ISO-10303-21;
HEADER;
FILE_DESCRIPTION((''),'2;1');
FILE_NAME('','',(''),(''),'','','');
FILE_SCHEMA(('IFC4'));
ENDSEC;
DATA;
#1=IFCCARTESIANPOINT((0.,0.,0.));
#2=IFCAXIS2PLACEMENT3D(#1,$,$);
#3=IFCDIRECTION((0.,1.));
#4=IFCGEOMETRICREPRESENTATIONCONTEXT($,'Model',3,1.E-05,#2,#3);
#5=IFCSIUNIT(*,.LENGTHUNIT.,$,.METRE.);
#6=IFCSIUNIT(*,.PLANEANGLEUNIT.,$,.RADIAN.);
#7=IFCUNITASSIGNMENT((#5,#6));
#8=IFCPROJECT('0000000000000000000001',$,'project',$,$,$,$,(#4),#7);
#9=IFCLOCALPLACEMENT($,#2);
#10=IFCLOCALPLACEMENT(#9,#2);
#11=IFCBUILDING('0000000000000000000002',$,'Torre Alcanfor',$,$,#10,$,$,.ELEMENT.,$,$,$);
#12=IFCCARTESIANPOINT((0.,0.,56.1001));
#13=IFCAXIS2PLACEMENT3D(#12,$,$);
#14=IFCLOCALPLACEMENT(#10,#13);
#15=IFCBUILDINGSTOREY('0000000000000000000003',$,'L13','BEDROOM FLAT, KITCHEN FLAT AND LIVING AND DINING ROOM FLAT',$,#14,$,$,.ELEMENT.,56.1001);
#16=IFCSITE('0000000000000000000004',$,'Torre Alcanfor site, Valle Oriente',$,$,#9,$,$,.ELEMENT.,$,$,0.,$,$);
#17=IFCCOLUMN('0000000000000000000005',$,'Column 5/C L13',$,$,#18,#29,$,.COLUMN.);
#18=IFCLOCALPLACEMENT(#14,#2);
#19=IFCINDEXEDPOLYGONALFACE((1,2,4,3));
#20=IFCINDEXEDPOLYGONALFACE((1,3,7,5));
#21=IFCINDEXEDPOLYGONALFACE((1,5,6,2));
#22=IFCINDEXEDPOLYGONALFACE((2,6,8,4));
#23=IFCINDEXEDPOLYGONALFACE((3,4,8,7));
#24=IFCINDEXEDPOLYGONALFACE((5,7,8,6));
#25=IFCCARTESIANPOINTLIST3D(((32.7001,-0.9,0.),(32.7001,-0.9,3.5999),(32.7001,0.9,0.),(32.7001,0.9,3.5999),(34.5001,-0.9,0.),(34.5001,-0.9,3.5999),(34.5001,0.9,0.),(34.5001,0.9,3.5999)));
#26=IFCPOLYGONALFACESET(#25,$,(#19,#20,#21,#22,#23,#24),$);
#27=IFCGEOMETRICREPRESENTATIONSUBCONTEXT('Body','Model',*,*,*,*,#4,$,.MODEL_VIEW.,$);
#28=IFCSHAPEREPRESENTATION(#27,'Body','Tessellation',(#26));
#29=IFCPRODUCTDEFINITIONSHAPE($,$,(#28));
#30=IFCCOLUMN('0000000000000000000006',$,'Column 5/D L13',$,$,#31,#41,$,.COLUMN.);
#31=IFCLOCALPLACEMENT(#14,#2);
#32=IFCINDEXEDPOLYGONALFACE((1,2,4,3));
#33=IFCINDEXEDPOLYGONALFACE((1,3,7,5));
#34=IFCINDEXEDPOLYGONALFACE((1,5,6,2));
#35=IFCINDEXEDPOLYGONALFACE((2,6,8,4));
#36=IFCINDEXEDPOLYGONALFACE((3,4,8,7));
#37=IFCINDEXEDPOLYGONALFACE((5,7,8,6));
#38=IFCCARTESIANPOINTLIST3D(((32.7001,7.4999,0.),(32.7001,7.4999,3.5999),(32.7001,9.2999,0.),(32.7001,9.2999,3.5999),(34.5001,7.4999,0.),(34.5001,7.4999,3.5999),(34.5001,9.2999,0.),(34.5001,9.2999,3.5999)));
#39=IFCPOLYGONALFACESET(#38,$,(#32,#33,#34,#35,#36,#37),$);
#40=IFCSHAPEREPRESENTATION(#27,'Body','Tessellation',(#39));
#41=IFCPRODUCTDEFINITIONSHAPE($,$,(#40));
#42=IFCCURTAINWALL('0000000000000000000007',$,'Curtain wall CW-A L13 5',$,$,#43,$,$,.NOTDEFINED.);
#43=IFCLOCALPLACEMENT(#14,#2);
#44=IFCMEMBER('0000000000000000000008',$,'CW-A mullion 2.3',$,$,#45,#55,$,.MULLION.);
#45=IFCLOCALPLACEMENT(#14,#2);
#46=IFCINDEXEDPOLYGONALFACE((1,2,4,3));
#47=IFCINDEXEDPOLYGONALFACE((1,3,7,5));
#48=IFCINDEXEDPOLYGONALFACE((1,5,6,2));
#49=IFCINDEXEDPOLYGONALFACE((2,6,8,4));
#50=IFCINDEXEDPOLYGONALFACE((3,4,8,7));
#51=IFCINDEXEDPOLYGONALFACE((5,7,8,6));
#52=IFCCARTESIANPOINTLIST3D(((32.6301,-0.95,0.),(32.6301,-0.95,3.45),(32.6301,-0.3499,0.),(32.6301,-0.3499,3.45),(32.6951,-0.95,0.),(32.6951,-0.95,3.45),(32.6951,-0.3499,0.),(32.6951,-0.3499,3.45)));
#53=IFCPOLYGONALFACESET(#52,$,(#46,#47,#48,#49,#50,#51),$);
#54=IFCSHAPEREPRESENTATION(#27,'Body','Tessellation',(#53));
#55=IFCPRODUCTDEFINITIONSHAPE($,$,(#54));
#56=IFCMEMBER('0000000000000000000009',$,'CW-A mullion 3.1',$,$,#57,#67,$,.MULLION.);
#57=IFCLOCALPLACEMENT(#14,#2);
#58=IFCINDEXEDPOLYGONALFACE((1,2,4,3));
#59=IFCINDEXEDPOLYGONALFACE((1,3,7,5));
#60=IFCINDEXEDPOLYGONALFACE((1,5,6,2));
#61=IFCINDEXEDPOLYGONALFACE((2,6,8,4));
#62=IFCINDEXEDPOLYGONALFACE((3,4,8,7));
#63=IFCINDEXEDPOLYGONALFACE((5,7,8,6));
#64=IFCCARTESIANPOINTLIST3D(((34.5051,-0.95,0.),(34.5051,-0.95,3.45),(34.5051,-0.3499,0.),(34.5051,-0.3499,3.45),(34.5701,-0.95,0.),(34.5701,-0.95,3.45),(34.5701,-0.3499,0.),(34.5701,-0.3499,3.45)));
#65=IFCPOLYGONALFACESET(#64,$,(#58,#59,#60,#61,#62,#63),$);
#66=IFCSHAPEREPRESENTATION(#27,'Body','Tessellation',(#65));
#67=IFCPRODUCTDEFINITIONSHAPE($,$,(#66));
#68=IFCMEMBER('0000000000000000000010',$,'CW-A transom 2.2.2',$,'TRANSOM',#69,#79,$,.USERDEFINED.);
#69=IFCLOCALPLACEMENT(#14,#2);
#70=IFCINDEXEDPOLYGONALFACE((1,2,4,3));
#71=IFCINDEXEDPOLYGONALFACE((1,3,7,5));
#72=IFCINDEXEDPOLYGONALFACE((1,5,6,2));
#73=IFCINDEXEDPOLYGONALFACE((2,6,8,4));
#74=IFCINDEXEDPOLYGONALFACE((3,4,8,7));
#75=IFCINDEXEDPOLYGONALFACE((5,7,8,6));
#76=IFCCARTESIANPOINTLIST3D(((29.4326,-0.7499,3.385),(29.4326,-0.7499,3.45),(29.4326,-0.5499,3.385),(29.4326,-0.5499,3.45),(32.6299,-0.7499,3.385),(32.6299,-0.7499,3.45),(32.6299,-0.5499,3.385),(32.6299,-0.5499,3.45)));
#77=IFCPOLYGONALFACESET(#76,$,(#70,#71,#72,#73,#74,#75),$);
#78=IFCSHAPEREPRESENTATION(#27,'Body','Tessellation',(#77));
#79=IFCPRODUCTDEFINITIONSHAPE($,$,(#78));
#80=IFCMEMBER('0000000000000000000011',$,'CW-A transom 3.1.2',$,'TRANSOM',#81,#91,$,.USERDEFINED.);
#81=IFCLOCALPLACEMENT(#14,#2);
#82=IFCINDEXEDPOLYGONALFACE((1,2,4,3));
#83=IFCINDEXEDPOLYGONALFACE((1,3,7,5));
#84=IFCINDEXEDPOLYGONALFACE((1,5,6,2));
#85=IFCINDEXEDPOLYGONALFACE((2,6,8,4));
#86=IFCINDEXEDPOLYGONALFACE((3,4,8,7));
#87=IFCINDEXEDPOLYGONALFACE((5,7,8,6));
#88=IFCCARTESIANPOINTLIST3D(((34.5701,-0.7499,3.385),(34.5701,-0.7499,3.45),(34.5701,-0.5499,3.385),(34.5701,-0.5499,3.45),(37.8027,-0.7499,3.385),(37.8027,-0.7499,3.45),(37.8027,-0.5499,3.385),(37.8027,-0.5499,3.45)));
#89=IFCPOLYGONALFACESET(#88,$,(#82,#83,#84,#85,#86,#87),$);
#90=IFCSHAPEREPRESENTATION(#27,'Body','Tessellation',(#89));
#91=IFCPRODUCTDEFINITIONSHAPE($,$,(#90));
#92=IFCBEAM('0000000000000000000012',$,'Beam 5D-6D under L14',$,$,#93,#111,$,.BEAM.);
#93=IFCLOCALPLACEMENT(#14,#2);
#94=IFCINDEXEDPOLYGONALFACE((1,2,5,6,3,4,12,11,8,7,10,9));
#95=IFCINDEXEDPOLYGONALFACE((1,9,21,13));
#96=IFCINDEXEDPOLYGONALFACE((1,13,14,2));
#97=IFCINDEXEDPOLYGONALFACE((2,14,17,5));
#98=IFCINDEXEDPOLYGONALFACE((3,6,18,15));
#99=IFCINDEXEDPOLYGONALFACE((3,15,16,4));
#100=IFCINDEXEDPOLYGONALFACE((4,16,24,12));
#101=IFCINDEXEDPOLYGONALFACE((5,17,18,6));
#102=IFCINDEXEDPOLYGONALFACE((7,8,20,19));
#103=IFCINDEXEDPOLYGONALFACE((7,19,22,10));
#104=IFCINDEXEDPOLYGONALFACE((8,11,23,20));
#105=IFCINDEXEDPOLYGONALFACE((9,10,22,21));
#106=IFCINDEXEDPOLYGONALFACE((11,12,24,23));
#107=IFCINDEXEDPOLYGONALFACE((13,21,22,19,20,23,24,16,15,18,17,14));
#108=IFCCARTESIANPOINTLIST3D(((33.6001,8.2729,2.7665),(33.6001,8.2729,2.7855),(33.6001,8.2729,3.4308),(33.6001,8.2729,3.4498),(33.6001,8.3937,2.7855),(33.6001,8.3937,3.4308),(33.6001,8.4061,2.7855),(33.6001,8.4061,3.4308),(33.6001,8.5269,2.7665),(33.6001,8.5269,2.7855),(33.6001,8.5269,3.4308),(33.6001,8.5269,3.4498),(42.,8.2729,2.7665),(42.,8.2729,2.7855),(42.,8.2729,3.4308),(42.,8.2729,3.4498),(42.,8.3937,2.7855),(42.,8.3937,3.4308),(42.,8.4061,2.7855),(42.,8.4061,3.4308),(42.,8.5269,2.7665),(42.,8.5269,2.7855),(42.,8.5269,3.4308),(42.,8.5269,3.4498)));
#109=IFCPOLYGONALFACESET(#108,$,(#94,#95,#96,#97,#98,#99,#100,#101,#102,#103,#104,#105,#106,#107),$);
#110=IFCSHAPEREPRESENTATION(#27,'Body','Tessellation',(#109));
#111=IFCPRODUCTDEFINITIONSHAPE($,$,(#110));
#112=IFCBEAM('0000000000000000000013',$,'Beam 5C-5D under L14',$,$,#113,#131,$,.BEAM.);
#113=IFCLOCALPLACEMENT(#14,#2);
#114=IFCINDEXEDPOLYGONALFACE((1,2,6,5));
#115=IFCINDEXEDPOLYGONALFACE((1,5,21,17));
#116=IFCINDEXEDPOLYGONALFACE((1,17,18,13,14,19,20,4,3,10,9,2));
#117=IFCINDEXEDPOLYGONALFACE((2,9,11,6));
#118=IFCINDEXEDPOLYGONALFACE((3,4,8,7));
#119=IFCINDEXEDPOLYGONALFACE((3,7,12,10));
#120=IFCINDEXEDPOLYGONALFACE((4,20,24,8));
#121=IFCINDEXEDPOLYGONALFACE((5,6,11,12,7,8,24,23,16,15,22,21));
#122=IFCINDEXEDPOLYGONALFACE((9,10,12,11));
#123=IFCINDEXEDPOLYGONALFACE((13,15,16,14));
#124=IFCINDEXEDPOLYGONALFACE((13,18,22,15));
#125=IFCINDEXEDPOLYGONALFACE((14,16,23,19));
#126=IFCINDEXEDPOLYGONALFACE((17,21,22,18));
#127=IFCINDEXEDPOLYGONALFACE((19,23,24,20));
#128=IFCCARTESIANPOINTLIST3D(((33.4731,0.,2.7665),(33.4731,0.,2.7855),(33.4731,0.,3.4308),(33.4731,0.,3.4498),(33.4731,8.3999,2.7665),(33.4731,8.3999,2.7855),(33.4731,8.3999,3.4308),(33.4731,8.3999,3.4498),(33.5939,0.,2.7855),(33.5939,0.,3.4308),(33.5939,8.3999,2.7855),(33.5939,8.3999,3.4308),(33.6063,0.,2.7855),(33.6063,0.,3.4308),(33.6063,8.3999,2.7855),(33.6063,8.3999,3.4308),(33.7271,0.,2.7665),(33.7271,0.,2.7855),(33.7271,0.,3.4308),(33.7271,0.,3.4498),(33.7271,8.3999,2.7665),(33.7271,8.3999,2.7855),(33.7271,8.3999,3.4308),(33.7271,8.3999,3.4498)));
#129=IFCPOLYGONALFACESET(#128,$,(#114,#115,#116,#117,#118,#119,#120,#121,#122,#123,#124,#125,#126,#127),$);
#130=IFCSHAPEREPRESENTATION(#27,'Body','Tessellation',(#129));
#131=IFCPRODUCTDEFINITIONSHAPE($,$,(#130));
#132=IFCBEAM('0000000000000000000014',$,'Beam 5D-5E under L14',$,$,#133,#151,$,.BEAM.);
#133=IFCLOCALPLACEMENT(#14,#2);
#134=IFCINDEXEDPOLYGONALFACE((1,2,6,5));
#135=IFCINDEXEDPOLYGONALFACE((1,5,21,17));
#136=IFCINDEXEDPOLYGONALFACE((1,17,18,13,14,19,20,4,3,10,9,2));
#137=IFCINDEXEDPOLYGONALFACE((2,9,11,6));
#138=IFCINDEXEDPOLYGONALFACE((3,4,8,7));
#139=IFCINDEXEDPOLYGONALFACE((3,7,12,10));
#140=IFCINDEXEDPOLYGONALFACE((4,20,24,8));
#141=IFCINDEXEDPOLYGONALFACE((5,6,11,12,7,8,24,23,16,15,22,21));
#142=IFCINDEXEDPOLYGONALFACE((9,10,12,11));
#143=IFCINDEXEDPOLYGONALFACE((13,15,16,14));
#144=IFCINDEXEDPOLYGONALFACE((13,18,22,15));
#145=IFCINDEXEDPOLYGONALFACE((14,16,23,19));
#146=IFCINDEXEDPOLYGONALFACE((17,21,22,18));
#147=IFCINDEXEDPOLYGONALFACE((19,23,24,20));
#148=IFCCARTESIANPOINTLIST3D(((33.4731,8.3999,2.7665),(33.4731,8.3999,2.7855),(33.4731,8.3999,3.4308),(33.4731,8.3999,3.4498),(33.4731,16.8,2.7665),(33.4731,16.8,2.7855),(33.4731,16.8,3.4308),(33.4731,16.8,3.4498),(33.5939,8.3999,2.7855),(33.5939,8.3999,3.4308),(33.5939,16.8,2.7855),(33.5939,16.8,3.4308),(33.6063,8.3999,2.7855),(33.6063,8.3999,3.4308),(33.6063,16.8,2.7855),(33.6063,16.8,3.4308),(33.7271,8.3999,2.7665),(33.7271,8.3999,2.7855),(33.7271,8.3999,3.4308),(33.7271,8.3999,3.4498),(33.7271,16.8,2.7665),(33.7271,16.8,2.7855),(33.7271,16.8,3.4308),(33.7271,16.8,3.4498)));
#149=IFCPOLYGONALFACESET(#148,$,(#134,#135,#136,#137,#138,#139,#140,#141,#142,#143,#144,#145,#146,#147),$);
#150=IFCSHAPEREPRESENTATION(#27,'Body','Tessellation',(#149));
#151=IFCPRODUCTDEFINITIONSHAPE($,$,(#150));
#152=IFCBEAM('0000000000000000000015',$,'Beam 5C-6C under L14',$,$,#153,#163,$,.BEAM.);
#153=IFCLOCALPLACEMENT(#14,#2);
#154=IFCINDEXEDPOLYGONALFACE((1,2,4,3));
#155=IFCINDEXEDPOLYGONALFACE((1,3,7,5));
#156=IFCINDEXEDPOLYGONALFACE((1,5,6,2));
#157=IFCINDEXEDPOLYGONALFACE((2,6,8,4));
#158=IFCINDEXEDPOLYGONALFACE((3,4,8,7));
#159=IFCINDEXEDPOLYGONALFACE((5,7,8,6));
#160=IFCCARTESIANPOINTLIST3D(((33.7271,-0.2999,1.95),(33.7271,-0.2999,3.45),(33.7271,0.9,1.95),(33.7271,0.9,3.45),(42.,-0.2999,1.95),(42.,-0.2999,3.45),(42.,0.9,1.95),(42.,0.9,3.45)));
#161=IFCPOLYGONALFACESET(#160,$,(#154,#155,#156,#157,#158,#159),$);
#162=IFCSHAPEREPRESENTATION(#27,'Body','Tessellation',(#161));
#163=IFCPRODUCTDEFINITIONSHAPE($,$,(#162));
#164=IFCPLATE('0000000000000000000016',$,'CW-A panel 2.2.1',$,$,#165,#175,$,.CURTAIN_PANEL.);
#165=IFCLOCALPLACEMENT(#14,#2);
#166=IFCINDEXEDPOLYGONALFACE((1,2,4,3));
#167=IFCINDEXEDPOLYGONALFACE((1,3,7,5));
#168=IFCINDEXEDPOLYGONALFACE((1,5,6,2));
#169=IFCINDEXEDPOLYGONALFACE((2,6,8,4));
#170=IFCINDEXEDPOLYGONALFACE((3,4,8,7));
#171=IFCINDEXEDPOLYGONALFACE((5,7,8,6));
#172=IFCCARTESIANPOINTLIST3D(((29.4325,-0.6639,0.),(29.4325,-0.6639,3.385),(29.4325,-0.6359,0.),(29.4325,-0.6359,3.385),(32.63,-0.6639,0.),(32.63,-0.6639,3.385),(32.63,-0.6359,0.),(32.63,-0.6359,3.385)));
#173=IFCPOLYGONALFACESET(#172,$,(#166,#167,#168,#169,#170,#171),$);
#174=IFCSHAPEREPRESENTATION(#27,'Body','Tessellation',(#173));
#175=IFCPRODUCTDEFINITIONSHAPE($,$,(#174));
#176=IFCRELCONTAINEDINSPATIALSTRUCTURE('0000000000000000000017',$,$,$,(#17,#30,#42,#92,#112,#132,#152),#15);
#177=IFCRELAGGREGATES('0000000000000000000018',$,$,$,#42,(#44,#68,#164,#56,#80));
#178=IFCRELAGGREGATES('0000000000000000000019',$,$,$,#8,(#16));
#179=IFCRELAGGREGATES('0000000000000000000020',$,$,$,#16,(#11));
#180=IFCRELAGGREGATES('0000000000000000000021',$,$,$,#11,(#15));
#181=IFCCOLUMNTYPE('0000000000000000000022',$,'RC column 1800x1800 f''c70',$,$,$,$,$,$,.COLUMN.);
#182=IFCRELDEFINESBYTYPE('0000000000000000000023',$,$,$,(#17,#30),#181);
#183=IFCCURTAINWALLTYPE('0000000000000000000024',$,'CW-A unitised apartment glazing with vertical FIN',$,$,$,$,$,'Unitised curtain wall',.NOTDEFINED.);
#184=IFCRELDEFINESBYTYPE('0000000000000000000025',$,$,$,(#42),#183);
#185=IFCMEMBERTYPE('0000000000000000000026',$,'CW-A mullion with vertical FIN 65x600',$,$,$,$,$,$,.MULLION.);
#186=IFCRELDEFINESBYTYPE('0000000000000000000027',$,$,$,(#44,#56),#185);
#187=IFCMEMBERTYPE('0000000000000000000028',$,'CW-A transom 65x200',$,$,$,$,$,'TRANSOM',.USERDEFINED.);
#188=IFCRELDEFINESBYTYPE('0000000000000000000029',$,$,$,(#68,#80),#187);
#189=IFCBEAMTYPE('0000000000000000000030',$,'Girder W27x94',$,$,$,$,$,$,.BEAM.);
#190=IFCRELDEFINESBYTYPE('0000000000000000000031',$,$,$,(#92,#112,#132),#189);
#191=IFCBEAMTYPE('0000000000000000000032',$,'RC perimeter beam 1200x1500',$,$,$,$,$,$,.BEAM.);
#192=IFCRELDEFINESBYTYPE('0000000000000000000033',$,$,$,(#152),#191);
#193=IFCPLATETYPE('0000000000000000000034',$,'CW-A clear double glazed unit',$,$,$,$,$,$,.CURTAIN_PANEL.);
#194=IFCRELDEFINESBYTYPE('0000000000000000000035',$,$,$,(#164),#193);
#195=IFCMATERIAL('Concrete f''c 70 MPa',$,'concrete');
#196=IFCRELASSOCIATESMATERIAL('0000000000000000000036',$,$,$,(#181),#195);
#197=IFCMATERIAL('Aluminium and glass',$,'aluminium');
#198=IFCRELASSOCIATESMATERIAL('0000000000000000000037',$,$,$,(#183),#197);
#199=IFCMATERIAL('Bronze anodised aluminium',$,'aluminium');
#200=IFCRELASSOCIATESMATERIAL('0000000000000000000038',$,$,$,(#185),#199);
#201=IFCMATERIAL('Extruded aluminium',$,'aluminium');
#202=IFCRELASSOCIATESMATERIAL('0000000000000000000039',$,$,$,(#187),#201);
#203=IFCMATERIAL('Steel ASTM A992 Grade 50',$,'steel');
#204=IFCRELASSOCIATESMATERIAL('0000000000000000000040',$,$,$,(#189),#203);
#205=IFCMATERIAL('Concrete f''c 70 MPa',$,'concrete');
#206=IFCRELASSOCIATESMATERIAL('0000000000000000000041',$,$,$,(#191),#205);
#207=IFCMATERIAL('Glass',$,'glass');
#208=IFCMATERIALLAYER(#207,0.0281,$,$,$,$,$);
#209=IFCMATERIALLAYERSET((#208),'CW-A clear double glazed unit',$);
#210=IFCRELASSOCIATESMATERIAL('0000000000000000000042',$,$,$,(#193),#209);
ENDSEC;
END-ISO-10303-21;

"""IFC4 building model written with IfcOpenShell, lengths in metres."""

from ifc_helpers import new_model, si_unit, direction, frame, origin, origin_2d, place, context, subcontext, project, spatial, rectangle, i_section, extrude, material, layer, layer_set, material_profile, profile_set, type_object, element, aggregate, save


model = new_model("IFC4")

# Units and contexts
model_context = context("Model", 3, precision=1e-05, world=origin(), true_north=direction((0.0, 1.0)))
body_context = subcontext(model_context, "Body", "Model", "MODEL_VIEW")
ifc_project = project(units=[si_unit("LENGTHUNIT", "METRE"), si_unit("PLANEANGLEUNIT", "RADIAN")], contexts=[model_context])

# Site, building, storey
site_placement = place(None, origin())
site = spatial("IfcSite", under=ifc_project, at=site_placement, Name="Torre Alcanfor site, Valle Oriente", CompositionType="ELEMENT", RefElevation=0.0)
building_placement = place(site_placement, origin())
building = spatial("IfcBuilding", under=site, at=building_placement, Name="Torre Alcanfor", CompositionType="ELEMENT")
storey_placement = place(building_placement, frame((0.0, 0.0, 56.1001)))
storey = spatial("IfcBuildingStorey", under=building, at=storey_placement, Name="L13", Description="BEDROOM FLAT, KITCHEN FLAT AND LIVING AND DINING ROOM FLAT", CompositionType="ELEMENT", Elevation=56.1001)

# Columns
ifc_material_1 = material(Name="Concrete f'c 70 MPa", Category="concrete")
ifc_material_profile_1 = material_profile(ifc_material_1, rectangle(XDim=1.8, YDim=1.8, at=origin_2d()), Name="1800x1800")
ifc_profile_set_1 = profile_set([ifc_material_profile_1], Name="Concrete f'c 70 MPa")
column_type = type_object("IfcColumnType", Name="RC column 1800x1800 f'c70", PredefinedType="COLUMN", material=ifc_profile_set_1)
for number, where, z_axis, x_axis, name in (
    (1, (33.6001, 0.0, 0.0), (0.0, 0.0, 1.0), (1.0, 0.0, 0.0), "Column 5/C L13"),
    (2, (33.6001, 8.3999, 0.0), (0.0, 0.0, 1.0), (1.0, 0.0, 0.0), "Column 5/D L13"),
):
    element("IfcColumn", number, at=place(storey_placement, frame(where, z_axis=z_axis, x_axis=x_axis)), inside=storey, type_object=column_type, Name=name, PredefinedType="COLUMN", context=body_context, shape_type="SweptSolid", body=[
        extrude(rectangle(XDim=1.8, YDim=1.8, at=origin_2d()), origin(), (0.0, 0.0, 1.0), 3.5999),
    ])

# Curtain wall, members
ifc_material_2 = material(Name="Aluminium and glass", Category="aluminium")
curtain_wall_type = type_object("IfcCurtainWallType", Name="CW-A unitised apartment glazing with vertical FIN", ElementType="Unitised curtain wall", PredefinedType="NOTDEFINED", material=ifc_material_2)
curtain_wall_placement = place(storey_placement, origin())
curtain_wall = element("IfcCurtainWall", 3, at=curtain_wall_placement, inside=storey, type_object=curtain_wall_type, Name="Curtain wall CW-A L13 5", PredefinedType="NOTDEFINED")
ifc_material_3 = material(Name="Bronze anodised aluminium", Category="aluminium")
ifc_material_profile_2 = material_profile(ifc_material_3, rectangle(XDim=0.6001, YDim=0.0649, at=origin_2d()), Name="CW-A mullion 65x600")
ifc_profile_set_2 = profile_set([ifc_material_profile_2], Name="Bronze anodised aluminium")
member_type_1 = type_object("IfcMemberType", Name="CW-A mullion with vertical FIN 65x600", PredefinedType="MULLION", material=ifc_profile_set_2)
member_1_placement = place(storey_placement, frame((32.6626, -0.6499, 0.0), z_axis=(0.0, 0.0, 1.0), x_axis=(0.0, 1.0, 0.0)))
member_1 = element("IfcMember", 4, at=member_1_placement, type_object=member_type_1, Name="CW-A mullion 2.3", PredefinedType="MULLION", context=body_context, shape_type="SweptSolid", body=[
    extrude(rectangle(XDim=0.6001, YDim=0.0649, at=origin_2d()), origin(), (0.0, 0.0, 1.0), 3.45),
])
member_2_placement = place(storey_placement, frame((34.5376, -0.6499, 0.0), z_axis=(0.0, 0.0, 1.0), x_axis=(0.0, 1.0, 0.0)))
member_2 = element("IfcMember", 5, at=member_2_placement, type_object=member_type_1, Name="CW-A mullion 3.1", PredefinedType="MULLION", context=body_context, shape_type="SweptSolid", body=[
    extrude(rectangle(XDim=0.6001, YDim=0.0649, at=origin_2d()), origin(), (0.0, 0.0, 1.0), 3.45),
])
ifc_material_4 = material(Name="Extruded aluminium", Category="aluminium")
ifc_material_profile_3 = material_profile(ifc_material_4, rectangle(XDim=0.2, YDim=0.0649, at=origin_2d()), Name="CW-A transom 200x65")
ifc_profile_set_3 = profile_set([ifc_material_profile_3], Name="Extruded aluminium")
member_type_2 = type_object("IfcMemberType", Name="CW-A transom 65x200", ElementType="TRANSOM", PredefinedType="USERDEFINED", material=ifc_profile_set_3)
member_3_placement = place(storey_placement, frame((29.4326, -0.6499, 3.4175), z_axis=(1.0, 0.0, 0.0), x_axis=(0.0, 1.0, 0.0)))
member_3 = element("IfcMember", 6, at=member_3_placement, type_object=member_type_2, Name="CW-A transom 2.2.2", ObjectType="TRANSOM", PredefinedType="USERDEFINED", context=body_context, shape_type="SweptSolid", body=[
    extrude(rectangle(XDim=0.2, YDim=0.0649, at=origin_2d()), origin(), (0.0, 0.0, 1.0), 3.1973),
])
member_4_placement = place(storey_placement, frame((34.5701, -0.6499, 3.4175), z_axis=(1.0, 0.0, 0.0), x_axis=(0.0, 1.0, 0.0)))
member_4 = element("IfcMember", 7, at=member_4_placement, type_object=member_type_2, Name="CW-A transom 3.1.2", ObjectType="TRANSOM", PredefinedType="USERDEFINED", context=body_context, shape_type="SweptSolid", body=[
    extrude(rectangle(XDim=0.2, YDim=0.0649, at=origin_2d()), origin(), (0.0, 0.0, 1.0), 3.2327),
])

# Beams
ifc_material_5 = material(Name="Steel ASTM A992 Grade 50", Category="steel")
ifc_material_profile_4 = material_profile(ifc_material_5, i_section(OverallWidth=0.2539, OverallDepth=0.6833, WebThickness=0.0125, FlangeThickness=0.019, at=origin_2d()), Name="W27x94")
ifc_profile_set_4 = profile_set([ifc_material_profile_4], Name="Steel ASTM A992 Grade 50")
beam_type_1 = type_object("IfcBeamType", Name="Girder W27x94", PredefinedType="BEAM", material=ifc_profile_set_4)
for number, where, z_axis, x_axis, name in (
    (8, (33.6001, 8.3999, 3.1082), (1.0, 0.0, 0.0), (0.0, 1.0, 0.0), "Beam 5D-6D under L14"),
    (9, (33.6001, 0.0, 3.1082), (0.0, 1.0, 0.0), (-1.0, 0.0, 0.0), "Beam 5C-5D under L14"),
):
    element("IfcBeam", number, at=place(storey_placement, frame(where, z_axis=z_axis, x_axis=x_axis)), inside=storey, type_object=beam_type_1, Name=name, PredefinedType="BEAM", context=body_context, shape_type="SweptSolid", body=[
        extrude(i_section(OverallWidth=0.2539, OverallDepth=0.6833, WebThickness=0.0125, FlangeThickness=0.019, at=origin_2d()), origin(), (0.0, 0.0, 1.0), 8.3999),
    ])
beam_1_placement = place(storey_placement, frame((33.6001, 8.3999, 3.1082), z_axis=(0.0, 1.0, 0.0), x_axis=(-1.0, 0.0, 0.0)))
element("IfcBeam", 10, at=beam_1_placement, inside=storey, type_object=beam_type_1, Name="Beam 5D-5E under L14", PredefinedType="BEAM", context=body_context, shape_type="SweptSolid", body=[
    extrude(i_section(OverallWidth=0.2539, OverallDepth=0.6833, WebThickness=0.0125, FlangeThickness=0.019, at=origin_2d()), origin(), (0.0, 0.0, 1.0), 8.4001),
])
ifc_material_6 = material(Name="Concrete f'c 70 MPa", Category="concrete")
ifc_material_profile_5 = material_profile(ifc_material_6, rectangle(XDim=1.2, YDim=1.5, at=origin_2d()), Name="1200x1500")
ifc_profile_set_5 = profile_set([ifc_material_profile_5], Name="Concrete f'c 70 MPa")
beam_type_2 = type_object("IfcBeamType", Name="RC perimeter beam 1200x1500", PredefinedType="BEAM", material=ifc_profile_set_5)
beam_2_placement = place(storey_placement, frame((33.7271, 0.3, 2.7), z_axis=(1.0, 0.0, 0.0), x_axis=(0.0, 1.0, 0.0)))
element("IfcBeam", 11, at=beam_2_placement, inside=storey, type_object=beam_type_2, Name="Beam 5C-6C under L14", PredefinedType="BEAM", context=body_context, shape_type="SweptSolid", body=[
    extrude(rectangle(XDim=1.2, YDim=1.5, at=origin_2d()), origin(), (0.0, 0.0, 1.0), 8.2729),
])

# Plate
ifc_material_7 = material(Name="Glass", Category="glass")
ifc_layer_1 = layer(ifc_material_7, 0.0281)
ifc_layer_set_1 = layer_set([ifc_layer_1], Name="CW-A clear double glazed unit")
plate_type = type_object("IfcPlateType", Name="CW-A clear double glazed unit", PredefinedType="CURTAIN_PANEL", material=ifc_layer_set_1)
plate_placement = place(storey_placement, frame((31.0312, -0.6499, 0.0), z_axis=(0.0, 0.0, 1.0), x_axis=(1.0, 0.0, 0.0)))
plate = element("IfcPlate", 12, at=plate_placement, type_object=plate_type, Name="CW-A panel 2.2.1", PredefinedType="CURTAIN_PANEL", context=body_context, shape_type="SweptSolid", body=[
    extrude(rectangle(XDim=3.1975, YDim=0.0281, at=origin_2d()), origin(), (0.0, 0.0, 1.0), 3.385),
])
aggregate(curtain_wall, [member_1, member_3, plate, member_2, member_4])

save(model, "model.ifc")
